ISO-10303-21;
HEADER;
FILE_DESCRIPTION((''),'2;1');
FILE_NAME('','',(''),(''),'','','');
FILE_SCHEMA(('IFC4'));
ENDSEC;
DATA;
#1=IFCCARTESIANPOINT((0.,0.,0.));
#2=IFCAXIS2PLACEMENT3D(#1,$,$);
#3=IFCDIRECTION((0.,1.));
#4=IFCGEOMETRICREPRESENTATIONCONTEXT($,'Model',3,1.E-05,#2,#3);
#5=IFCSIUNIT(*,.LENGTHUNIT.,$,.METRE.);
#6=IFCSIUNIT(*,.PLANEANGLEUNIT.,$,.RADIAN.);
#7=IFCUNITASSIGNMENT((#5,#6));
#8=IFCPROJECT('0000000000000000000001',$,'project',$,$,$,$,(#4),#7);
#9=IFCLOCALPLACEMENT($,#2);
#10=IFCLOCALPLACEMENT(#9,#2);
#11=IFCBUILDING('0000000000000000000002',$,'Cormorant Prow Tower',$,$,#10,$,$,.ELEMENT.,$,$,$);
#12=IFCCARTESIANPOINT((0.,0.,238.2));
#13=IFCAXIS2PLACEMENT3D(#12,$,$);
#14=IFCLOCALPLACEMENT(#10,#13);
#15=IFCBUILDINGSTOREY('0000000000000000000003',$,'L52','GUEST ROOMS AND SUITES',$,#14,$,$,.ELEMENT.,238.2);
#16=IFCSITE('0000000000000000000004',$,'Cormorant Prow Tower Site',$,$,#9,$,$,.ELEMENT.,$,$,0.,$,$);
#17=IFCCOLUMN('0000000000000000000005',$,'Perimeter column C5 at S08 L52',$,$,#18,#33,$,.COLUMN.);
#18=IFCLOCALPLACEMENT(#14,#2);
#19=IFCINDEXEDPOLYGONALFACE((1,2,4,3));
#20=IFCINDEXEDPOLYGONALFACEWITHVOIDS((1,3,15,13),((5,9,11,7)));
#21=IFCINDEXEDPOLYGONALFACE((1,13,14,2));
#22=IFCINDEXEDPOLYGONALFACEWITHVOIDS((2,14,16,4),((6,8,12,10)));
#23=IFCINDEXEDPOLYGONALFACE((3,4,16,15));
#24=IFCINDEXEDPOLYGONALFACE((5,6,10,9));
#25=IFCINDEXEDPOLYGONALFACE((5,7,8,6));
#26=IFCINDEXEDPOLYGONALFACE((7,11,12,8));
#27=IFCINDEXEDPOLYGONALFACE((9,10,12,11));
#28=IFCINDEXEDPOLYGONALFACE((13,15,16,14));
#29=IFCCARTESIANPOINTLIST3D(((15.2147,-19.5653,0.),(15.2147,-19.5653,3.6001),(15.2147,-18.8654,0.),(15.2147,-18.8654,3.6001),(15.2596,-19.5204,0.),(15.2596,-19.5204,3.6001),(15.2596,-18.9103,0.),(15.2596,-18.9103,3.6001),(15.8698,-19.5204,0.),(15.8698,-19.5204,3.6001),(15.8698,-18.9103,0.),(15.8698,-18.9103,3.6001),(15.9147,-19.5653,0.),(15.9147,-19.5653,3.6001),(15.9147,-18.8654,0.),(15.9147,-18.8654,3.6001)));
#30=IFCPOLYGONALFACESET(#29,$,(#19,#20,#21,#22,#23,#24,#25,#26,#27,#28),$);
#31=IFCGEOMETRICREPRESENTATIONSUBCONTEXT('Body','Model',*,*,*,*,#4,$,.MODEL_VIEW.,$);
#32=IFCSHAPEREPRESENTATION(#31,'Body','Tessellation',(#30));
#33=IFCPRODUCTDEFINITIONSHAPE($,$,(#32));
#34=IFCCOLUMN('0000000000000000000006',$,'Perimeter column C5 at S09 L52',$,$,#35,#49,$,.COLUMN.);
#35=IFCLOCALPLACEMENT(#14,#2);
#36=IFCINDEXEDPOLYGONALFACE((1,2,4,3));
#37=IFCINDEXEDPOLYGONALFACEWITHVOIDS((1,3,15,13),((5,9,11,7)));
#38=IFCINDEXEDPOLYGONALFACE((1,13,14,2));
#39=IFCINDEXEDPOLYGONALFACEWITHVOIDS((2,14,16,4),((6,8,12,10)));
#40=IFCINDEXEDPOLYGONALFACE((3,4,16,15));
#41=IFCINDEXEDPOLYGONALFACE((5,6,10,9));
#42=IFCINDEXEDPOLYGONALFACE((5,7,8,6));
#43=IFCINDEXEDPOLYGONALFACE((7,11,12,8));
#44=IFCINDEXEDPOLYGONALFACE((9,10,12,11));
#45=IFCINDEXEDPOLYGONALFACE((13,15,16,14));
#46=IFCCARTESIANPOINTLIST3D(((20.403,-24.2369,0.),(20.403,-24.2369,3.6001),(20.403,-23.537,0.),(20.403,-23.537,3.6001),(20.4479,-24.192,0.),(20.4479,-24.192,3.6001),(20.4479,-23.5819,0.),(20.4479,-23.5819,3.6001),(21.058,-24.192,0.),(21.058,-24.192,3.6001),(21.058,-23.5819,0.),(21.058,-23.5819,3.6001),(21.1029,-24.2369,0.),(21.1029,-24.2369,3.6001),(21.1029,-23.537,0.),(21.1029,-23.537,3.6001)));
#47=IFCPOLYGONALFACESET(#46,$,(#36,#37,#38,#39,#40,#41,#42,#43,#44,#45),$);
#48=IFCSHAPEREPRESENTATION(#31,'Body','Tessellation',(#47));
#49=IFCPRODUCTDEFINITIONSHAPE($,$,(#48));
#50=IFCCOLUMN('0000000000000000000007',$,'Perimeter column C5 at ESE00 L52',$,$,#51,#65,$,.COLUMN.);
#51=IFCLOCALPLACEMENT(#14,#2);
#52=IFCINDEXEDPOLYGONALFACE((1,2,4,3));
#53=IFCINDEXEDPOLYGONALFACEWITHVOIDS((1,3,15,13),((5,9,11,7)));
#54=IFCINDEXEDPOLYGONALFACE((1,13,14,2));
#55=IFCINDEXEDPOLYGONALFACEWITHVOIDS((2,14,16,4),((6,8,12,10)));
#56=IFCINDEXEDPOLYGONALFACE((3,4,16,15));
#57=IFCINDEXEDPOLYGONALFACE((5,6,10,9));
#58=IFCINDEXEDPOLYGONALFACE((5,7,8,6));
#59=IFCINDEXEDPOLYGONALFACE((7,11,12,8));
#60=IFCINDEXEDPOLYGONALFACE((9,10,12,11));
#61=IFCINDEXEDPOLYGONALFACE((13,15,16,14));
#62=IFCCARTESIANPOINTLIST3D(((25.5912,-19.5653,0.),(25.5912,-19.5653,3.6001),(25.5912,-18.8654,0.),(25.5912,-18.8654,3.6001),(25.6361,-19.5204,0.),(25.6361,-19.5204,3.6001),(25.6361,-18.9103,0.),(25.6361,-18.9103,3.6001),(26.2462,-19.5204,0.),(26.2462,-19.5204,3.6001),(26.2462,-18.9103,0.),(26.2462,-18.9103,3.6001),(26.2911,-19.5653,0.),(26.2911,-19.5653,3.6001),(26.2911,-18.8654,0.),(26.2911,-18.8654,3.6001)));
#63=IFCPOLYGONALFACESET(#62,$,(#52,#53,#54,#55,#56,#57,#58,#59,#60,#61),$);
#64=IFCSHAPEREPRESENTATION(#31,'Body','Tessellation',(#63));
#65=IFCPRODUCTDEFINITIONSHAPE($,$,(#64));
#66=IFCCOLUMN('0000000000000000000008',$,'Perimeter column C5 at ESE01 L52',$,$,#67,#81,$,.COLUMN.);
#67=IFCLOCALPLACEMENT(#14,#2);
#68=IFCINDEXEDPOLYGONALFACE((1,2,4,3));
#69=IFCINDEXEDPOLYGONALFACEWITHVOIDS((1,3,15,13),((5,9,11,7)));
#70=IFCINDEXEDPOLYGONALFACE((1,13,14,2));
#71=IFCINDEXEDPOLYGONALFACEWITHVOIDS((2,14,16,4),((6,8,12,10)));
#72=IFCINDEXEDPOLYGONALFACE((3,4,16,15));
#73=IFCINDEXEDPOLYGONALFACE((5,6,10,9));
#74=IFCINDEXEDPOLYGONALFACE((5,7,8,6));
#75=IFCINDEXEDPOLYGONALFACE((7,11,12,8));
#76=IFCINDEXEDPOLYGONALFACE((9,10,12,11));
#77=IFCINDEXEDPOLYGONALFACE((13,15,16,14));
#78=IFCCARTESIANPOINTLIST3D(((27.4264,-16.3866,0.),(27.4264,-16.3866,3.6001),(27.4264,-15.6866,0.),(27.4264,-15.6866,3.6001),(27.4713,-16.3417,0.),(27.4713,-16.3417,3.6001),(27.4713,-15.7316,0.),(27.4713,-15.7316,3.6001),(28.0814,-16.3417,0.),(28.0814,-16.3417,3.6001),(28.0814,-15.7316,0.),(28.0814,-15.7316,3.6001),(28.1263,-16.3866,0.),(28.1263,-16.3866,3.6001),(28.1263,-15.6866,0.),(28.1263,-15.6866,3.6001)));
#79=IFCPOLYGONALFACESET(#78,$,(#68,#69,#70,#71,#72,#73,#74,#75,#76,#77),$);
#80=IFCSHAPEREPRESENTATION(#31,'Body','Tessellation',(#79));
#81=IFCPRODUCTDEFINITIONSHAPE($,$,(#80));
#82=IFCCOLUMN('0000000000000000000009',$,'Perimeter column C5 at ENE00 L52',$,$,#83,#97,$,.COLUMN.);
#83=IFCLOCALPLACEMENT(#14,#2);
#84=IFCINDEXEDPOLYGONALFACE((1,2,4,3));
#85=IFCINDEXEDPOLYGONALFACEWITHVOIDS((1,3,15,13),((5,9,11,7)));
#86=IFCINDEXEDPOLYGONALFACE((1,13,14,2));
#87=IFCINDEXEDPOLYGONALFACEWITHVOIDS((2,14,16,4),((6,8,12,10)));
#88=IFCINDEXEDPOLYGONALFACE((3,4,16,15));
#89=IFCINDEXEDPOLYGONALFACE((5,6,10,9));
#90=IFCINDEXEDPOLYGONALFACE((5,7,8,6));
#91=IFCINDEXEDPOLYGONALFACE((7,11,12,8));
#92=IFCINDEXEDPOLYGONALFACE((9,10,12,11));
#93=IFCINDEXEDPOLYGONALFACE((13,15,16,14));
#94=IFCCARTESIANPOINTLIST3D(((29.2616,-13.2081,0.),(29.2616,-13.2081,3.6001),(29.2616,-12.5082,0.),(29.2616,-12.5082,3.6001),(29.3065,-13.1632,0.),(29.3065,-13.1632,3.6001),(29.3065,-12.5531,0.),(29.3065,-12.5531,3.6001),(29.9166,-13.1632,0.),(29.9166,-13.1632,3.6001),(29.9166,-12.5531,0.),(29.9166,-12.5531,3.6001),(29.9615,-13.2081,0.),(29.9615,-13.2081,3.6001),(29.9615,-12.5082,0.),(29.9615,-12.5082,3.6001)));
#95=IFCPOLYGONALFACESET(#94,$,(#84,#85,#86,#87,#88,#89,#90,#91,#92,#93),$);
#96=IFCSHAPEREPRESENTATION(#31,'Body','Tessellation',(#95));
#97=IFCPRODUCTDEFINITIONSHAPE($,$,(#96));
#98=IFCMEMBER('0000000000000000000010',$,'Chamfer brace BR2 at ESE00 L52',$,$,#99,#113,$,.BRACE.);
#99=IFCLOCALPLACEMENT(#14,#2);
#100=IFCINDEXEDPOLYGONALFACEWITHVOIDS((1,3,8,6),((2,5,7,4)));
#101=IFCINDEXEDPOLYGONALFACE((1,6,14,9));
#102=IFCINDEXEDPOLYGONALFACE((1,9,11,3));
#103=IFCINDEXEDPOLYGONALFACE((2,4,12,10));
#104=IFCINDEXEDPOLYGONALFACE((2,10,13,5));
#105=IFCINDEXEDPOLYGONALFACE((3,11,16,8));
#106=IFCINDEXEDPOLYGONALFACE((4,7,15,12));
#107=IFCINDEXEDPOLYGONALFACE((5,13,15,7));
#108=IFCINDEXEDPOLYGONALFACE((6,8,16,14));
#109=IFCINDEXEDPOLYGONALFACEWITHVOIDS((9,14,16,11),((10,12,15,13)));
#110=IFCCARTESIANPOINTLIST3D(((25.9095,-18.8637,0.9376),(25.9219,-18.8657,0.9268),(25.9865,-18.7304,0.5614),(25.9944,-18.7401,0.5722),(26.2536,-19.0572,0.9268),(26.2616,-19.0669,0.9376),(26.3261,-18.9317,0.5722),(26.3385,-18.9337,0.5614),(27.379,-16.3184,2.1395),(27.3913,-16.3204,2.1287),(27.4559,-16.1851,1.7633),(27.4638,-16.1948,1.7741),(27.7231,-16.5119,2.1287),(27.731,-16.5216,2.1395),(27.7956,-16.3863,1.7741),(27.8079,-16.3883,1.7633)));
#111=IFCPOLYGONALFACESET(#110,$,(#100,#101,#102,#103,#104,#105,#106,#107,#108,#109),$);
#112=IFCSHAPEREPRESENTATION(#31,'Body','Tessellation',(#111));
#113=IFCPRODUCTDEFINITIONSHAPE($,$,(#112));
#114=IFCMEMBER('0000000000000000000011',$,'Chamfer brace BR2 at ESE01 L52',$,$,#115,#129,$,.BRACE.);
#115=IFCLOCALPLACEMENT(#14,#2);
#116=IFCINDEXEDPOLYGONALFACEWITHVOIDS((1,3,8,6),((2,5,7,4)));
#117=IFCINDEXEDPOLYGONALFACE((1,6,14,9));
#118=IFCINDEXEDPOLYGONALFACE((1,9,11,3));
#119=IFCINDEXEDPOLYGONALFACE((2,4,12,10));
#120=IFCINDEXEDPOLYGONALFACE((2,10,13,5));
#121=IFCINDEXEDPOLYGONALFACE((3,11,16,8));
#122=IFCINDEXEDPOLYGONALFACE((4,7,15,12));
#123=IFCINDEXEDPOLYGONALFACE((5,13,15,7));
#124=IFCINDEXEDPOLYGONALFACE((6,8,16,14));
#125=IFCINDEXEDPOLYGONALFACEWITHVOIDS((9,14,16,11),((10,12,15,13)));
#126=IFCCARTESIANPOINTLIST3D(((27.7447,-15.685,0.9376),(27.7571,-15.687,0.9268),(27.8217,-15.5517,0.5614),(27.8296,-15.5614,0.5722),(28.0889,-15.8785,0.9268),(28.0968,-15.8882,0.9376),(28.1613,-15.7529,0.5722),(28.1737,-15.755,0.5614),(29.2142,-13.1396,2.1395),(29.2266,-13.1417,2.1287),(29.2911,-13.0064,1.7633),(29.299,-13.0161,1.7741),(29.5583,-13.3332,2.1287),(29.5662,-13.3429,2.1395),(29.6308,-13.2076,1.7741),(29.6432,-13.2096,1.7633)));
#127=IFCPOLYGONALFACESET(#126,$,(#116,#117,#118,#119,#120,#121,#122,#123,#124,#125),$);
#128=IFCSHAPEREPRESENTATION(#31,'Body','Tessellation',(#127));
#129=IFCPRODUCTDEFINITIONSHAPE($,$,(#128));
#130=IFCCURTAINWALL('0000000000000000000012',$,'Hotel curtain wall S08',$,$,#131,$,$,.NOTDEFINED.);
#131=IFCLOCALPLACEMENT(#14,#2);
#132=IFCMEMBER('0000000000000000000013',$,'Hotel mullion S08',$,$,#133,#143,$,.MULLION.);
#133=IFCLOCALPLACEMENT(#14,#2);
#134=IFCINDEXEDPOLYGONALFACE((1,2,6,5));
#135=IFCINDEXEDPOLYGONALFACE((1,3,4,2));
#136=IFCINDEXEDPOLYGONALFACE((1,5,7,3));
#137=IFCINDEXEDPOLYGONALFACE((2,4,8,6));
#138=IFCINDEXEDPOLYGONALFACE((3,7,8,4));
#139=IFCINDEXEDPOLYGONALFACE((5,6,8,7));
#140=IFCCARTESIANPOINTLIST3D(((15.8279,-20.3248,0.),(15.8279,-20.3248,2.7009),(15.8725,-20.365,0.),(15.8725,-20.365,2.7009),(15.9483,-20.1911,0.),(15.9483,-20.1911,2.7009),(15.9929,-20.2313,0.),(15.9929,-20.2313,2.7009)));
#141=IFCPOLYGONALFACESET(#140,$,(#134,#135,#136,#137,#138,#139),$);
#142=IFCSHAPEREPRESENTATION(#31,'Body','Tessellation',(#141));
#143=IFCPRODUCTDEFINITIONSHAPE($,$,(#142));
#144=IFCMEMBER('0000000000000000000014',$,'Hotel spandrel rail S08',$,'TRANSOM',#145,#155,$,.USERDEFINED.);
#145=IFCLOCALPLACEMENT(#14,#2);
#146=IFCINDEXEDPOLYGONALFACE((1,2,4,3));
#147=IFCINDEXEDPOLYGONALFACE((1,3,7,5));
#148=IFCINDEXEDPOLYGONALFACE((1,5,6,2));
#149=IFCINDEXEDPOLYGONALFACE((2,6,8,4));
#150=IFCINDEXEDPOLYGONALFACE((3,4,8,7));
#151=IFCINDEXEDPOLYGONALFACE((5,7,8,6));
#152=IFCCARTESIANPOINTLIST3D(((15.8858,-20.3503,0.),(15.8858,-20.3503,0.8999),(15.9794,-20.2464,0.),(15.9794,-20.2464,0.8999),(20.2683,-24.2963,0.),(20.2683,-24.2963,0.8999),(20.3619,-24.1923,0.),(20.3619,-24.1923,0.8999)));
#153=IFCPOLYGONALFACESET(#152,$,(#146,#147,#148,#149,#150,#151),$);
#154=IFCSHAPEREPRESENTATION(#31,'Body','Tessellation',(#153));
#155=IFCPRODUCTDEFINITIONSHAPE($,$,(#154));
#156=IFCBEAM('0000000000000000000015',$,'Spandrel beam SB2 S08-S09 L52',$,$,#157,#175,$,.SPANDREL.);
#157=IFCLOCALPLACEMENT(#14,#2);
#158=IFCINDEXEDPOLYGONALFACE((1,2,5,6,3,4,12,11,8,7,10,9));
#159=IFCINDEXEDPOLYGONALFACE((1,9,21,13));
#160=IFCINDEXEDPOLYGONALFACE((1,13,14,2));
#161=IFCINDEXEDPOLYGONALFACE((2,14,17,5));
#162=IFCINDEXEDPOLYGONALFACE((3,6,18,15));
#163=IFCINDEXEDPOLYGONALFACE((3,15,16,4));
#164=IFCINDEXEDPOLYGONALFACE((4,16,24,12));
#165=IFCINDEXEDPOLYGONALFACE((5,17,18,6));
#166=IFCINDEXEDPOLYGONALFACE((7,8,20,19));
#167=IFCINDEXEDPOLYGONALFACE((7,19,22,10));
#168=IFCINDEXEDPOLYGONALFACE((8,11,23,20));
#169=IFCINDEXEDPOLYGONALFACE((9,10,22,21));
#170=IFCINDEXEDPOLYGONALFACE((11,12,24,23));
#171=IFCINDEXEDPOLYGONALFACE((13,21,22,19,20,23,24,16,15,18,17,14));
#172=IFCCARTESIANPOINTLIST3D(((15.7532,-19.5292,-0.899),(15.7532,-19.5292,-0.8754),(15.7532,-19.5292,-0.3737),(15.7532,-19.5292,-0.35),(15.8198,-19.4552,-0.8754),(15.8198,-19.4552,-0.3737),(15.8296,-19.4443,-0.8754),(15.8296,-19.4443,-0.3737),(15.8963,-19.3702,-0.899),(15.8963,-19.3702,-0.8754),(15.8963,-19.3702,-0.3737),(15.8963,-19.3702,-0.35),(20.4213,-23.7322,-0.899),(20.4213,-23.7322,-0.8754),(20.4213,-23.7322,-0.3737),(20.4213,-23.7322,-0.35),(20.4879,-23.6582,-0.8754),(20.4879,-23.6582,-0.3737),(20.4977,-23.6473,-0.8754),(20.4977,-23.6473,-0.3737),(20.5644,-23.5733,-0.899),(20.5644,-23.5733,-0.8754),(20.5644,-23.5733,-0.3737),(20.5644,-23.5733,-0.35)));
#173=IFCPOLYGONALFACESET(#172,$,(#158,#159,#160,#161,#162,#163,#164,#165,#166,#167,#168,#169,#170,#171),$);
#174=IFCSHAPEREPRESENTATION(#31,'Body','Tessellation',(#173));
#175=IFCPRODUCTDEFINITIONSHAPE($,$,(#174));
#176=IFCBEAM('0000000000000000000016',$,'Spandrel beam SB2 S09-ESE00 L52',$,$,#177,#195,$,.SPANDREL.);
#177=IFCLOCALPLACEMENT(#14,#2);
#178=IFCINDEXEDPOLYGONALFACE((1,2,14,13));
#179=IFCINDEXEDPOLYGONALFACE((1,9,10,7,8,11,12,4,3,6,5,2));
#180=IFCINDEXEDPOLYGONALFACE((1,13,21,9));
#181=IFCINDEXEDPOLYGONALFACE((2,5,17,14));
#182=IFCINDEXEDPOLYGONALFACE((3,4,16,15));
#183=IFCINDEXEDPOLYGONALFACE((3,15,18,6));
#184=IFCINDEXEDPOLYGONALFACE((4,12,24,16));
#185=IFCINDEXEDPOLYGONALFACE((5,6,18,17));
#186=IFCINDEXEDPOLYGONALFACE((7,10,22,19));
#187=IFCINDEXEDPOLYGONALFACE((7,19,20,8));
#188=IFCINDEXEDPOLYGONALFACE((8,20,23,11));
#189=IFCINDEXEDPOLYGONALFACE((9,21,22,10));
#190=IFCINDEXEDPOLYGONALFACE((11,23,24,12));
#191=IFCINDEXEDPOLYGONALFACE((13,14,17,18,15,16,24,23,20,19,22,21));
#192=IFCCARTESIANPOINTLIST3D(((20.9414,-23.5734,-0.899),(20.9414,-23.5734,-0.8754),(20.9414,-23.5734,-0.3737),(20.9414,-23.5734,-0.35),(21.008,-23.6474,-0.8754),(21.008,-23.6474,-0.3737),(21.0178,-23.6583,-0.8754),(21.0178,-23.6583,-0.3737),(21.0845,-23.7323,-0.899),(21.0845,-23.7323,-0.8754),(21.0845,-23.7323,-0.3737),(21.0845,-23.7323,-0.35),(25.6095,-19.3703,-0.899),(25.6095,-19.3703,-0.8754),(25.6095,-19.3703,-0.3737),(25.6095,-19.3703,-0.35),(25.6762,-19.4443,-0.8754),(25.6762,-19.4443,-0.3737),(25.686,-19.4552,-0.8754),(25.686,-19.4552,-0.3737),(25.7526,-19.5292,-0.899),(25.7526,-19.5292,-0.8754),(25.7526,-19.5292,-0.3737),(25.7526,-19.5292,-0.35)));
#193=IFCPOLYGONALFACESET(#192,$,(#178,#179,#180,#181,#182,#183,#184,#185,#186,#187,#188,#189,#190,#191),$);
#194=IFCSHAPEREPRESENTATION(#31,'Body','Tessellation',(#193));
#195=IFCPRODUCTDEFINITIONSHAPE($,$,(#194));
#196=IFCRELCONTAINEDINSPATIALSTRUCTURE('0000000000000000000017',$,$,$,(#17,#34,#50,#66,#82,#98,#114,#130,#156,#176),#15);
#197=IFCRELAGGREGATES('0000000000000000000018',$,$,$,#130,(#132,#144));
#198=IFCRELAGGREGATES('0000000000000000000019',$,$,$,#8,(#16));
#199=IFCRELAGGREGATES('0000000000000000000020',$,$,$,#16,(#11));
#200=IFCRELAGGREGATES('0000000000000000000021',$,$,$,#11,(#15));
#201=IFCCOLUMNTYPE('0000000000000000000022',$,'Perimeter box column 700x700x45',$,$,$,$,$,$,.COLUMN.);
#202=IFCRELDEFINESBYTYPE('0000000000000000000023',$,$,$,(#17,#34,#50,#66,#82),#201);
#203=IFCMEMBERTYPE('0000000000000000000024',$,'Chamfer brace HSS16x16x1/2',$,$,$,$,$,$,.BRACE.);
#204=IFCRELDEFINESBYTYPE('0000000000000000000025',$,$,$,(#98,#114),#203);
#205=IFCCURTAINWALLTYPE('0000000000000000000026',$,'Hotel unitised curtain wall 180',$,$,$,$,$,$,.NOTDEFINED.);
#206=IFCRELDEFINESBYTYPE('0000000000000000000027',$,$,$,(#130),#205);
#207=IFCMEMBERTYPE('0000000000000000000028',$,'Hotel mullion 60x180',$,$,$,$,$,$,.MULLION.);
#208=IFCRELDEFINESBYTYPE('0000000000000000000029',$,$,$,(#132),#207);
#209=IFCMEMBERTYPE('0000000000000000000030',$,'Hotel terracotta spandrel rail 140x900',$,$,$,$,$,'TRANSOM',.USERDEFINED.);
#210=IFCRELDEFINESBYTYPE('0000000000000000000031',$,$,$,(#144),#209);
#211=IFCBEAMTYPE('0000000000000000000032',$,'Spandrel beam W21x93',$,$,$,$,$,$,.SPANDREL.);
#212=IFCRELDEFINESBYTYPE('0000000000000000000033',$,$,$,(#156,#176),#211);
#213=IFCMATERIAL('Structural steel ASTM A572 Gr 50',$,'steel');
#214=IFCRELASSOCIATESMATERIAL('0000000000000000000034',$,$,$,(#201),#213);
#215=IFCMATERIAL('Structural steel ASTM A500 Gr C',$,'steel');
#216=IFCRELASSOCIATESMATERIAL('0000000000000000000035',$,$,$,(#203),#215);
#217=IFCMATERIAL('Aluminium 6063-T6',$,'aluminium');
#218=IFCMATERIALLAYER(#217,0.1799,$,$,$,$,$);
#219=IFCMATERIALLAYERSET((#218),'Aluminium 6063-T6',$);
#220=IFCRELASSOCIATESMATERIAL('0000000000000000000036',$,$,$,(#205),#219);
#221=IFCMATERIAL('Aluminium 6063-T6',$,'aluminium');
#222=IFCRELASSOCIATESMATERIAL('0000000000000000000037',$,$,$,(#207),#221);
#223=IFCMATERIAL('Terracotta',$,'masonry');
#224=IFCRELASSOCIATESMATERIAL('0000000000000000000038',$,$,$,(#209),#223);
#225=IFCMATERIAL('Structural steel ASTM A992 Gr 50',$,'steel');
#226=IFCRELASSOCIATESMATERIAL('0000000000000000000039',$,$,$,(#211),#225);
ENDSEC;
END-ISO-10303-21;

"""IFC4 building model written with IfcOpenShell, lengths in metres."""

from ifc_helpers import new_model, si_unit, direction, frame, origin, origin_2d, place, context, subcontext, project, spatial, rectangle, hollow_rectangle, i_section, extrude, material, layer, layer_set, material_profile, profile_set, type_object, element, aggregate, save


model = new_model("IFC4")

# Units and contexts
model_context = context("Model", 3, precision=1e-05, world=origin(), true_north=direction((0.0, 1.0)))
body_context = subcontext(model_context, "Body", "Model", "MODEL_VIEW")
ifc_project = project(units=[si_unit("LENGTHUNIT", "METRE"), si_unit("PLANEANGLEUNIT", "RADIAN")], contexts=[model_context])

# Site, building, storey
site_placement = place(None, origin())
site = spatial("IfcSite", under=ifc_project, at=site_placement, Name="Cormorant Prow Tower Site", CompositionType="ELEMENT", RefElevation=0.0)
building_placement = place(site_placement, origin())
building = spatial("IfcBuilding", under=site, at=building_placement, Name="Cormorant Prow Tower", CompositionType="ELEMENT")
storey_placement = place(building_placement, frame((0.0, 0.0, 238.2)))
storey = spatial("IfcBuildingStorey", under=building, at=storey_placement, Name="L52", Description="GUEST ROOMS AND SUITES", CompositionType="ELEMENT", Elevation=238.2)

# Columns
ifc_material_1 = material(Name="Structural steel ASTM A572 Gr 50", Category="steel")
ifc_material_profile_1 = material_profile(ifc_material_1, hollow_rectangle(XDim=0.7, YDim=0.7, WallThickness=0.0449, at=origin_2d()), Name="Box 700x700x45")
ifc_profile_set_1 = profile_set([ifc_material_profile_1], Name="Structural steel ASTM A572 Gr 50")
column_type = type_object("IfcColumnType", Name="Perimeter box column 700x700x45", PredefinedType="COLUMN", material=ifc_profile_set_1)
for number, where, z_axis, x_axis, name in (
    (1, (15.5647, -19.2153, 0.0), (0.0, 0.0, 1.0), (1.0, 0.0, 0.0), "Perimeter column C5 at S08 L52"),
    (2, (20.7529, -23.887, 0.0), (0.0, 0.0, 1.0), (1.0, 0.0, 0.0), "Perimeter column C5 at S09 L52"),
    (3, (25.9412, -19.2153, 0.0), (0.0, 0.0, 1.0), (1.0, 0.0, 0.0), "Perimeter column C5 at ESE00 L52"),
    (4, (27.7764, -16.0366, 0.0), (0.0, 0.0, 1.0), (1.0, 0.0, 0.0), "Perimeter column C5 at ESE01 L52"),
    (5, (29.6116, -12.8582, 0.0), (0.0, 0.0, 1.0), (1.0, 0.0, 0.0), "Perimeter column C5 at ENE00 L52"),
):
    element("IfcColumn", number, at=place(storey_placement, frame(where, z_axis=z_axis, x_axis=x_axis)), inside=storey, type_object=column_type, Name=name, PredefinedType="COLUMN", context=body_context, shape_type="SweptSolid", body=[
        extrude(hollow_rectangle(XDim=0.7, YDim=0.7, WallThickness=0.0449, at=origin_2d()), origin(), (0.0, 0.0, 1.0), 3.6001),
    ])

# Members
ifc_material_2 = material(Name="Structural steel ASTM A500 Gr C", Category="steel")
ifc_material_profile_2 = material_profile(ifc_material_2, hollow_rectangle(XDim=0.4065, YDim=0.4065, WallThickness=0.0117, at=origin_2d()), Name="HSS16x16x1/2")
ifc_profile_set_2 = profile_set([ifc_material_profile_2], Name="Structural steel ASTM A500 Gr C")
member_type_1 = type_object("IfcMemberType", Name="Chamfer brace HSS16x16x1/2", PredefinedType="BRACE", material=ifc_profile_set_2)
for number, where, z_axis, x_axis, name in (
    (6, (26.124, -18.8987, 0.7495), (0.462773, 0.801607, 0.378507), (-0.866042, 0.499972, 0.0), "Chamfer brace BR2 at ESE00 L52"),
    (7, (27.9592, -15.72, 0.7495), (0.462773, 0.801607, 0.378507), (-0.866042, 0.499972, 0.0), "Chamfer brace BR2 at ESE01 L52"),
):
    element("IfcMember", number, at=place(storey_placement, frame(where, z_axis=z_axis, x_axis=x_axis)), inside=storey, type_object=member_type_1, Name=name, PredefinedType="BRACE", context=body_context, shape_type="SweptSolid", body=[
        extrude(hollow_rectangle(XDim=0.4065, YDim=0.4065, WallThickness=0.0117, at=origin_2d()), origin(), (0.0, 0.0, 1.0), 3.1753),
    ])

# Curtain wall, members
ifc_material_3 = material(Name="Aluminium 6063-T6", Category="aluminium")
ifc_layer_1 = layer(ifc_material_3, 0.1799)
ifc_layer_set_1 = layer_set([ifc_layer_1], Name="Aluminium 6063-T6")
curtain_wall_type = type_object("IfcCurtainWallType", Name="Hotel unitised curtain wall 180", PredefinedType="NOTDEFINED", material=ifc_layer_set_1)
curtain_wall_placement = place(storey_placement, origin())
curtain_wall = element("IfcCurtainWall", 8, at=curtain_wall_placement, inside=storey, type_object=curtain_wall_type, Name="Hotel curtain wall S08", PredefinedType="NOTDEFINED")
ifc_material_4 = material(Name="Aluminium 6063-T6", Category="aluminium")
ifc_material_profile_3 = material_profile(ifc_material_4, rectangle(XDim=0.1799, YDim=0.0601, at=origin_2d()), Name="Hotel mullion 60x180")
ifc_profile_set_3 = profile_set([ifc_material_profile_3], Name="Aluminium 6063-T6")
member_type_2 = type_object("IfcMemberType", Name="Hotel mullion 60x180", PredefinedType="MULLION", material=ifc_profile_set_3)
member_1_placement = place(storey_placement, frame((15.9104, -20.2781, 0.0), z_axis=(0.0, 0.0, 1.0), x_axis=(0.669131, 0.743145, 0.0)))
member_1 = element("IfcMember", 9, at=member_1_placement, type_object=member_type_2, Name="Hotel mullion S08", PredefinedType="MULLION", context=body_context, shape_type="SweptSolid", body=[
    extrude(rectangle(XDim=0.1799, YDim=0.0601, at=origin_2d()), origin(), (0.0, 0.0, 1.0), 2.7009),
])
ifc_material_5 = material(Name="Terracotta", Category="masonry")
ifc_material_profile_4 = material_profile(ifc_material_5, rectangle(XDim=0.1399, YDim=0.8999, at=origin_2d()), Name="Hotel terracotta spandrel rail 140x900")
ifc_profile_set_4 = profile_set([ifc_material_profile_4], Name="Terracotta")
member_type_3 = type_object("IfcMemberType", Name="Hotel terracotta spandrel rail 140x900", ElementType="TRANSOM", PredefinedType="USERDEFINED", material=ifc_profile_set_4)
member_2_placement = place(storey_placement, frame((15.9326, -20.2983, 0.45), z_axis=(0.743148, -0.669127, 0.0), x_axis=(0.669127, 0.743148, 0.0)))
member_2 = element("IfcMember", 10, at=member_2_placement, type_object=member_type_3, Name="Hotel spandrel rail S08", ObjectType="TRANSOM", PredefinedType="USERDEFINED", context=body_context, shape_type="SweptSolid", body=[
    extrude(rectangle(XDim=0.1399, YDim=0.8999, at=origin_2d()), origin(), (0.0, 0.0, 1.0), 5.8972),
])

# Beams
ifc_material_6 = material(Name="Structural steel ASTM A992 Gr 50", Category="steel")
ifc_material_profile_5 = material_profile(ifc_material_6, i_section(OverallWidth=0.2139, OverallDepth=0.5491, WebThickness=0.0146, FlangeThickness=0.0237, at=origin_2d()), Name="W21x93")
ifc_profile_set_5 = profile_set([ifc_material_profile_5], Name="Structural steel ASTM A992 Gr 50")
beam_type = type_object("IfcBeamType", Name="Spandrel beam W21x93", PredefinedType="SPANDREL", material=ifc_profile_set_5)
for number, where, z_axis, x_axis, name in (
    (11, (15.8247, -19.4497, -0.6245), (0.743157, -0.669117, 0.0), (0.669117, 0.743157, 0.0), "Spandrel beam SB2 S08-S09 L52"),
    (12, (21.0129, -23.6528, -0.6245), (0.743157, 0.669117, 0.0), (-0.669117, 0.743157, 0.0), "Spandrel beam SB2 S09-ESE00 L52"),
):
    element("IfcBeam", number, at=place(storey_placement, frame(where, z_axis=z_axis, x_axis=x_axis)), inside=storey, type_object=beam_type, Name=name, PredefinedType="SPANDREL", context=body_context, shape_type="SweptSolid", body=[
        extrude(i_section(OverallWidth=0.2139, OverallDepth=0.5491, WebThickness=0.0146, FlangeThickness=0.0237, at=origin_2d()), origin(), (0.0, 0.0, 1.0), 6.2815),
    ])

aggregate(curtain_wall, [member_1, member_2])

save(model, "model.ifc")
